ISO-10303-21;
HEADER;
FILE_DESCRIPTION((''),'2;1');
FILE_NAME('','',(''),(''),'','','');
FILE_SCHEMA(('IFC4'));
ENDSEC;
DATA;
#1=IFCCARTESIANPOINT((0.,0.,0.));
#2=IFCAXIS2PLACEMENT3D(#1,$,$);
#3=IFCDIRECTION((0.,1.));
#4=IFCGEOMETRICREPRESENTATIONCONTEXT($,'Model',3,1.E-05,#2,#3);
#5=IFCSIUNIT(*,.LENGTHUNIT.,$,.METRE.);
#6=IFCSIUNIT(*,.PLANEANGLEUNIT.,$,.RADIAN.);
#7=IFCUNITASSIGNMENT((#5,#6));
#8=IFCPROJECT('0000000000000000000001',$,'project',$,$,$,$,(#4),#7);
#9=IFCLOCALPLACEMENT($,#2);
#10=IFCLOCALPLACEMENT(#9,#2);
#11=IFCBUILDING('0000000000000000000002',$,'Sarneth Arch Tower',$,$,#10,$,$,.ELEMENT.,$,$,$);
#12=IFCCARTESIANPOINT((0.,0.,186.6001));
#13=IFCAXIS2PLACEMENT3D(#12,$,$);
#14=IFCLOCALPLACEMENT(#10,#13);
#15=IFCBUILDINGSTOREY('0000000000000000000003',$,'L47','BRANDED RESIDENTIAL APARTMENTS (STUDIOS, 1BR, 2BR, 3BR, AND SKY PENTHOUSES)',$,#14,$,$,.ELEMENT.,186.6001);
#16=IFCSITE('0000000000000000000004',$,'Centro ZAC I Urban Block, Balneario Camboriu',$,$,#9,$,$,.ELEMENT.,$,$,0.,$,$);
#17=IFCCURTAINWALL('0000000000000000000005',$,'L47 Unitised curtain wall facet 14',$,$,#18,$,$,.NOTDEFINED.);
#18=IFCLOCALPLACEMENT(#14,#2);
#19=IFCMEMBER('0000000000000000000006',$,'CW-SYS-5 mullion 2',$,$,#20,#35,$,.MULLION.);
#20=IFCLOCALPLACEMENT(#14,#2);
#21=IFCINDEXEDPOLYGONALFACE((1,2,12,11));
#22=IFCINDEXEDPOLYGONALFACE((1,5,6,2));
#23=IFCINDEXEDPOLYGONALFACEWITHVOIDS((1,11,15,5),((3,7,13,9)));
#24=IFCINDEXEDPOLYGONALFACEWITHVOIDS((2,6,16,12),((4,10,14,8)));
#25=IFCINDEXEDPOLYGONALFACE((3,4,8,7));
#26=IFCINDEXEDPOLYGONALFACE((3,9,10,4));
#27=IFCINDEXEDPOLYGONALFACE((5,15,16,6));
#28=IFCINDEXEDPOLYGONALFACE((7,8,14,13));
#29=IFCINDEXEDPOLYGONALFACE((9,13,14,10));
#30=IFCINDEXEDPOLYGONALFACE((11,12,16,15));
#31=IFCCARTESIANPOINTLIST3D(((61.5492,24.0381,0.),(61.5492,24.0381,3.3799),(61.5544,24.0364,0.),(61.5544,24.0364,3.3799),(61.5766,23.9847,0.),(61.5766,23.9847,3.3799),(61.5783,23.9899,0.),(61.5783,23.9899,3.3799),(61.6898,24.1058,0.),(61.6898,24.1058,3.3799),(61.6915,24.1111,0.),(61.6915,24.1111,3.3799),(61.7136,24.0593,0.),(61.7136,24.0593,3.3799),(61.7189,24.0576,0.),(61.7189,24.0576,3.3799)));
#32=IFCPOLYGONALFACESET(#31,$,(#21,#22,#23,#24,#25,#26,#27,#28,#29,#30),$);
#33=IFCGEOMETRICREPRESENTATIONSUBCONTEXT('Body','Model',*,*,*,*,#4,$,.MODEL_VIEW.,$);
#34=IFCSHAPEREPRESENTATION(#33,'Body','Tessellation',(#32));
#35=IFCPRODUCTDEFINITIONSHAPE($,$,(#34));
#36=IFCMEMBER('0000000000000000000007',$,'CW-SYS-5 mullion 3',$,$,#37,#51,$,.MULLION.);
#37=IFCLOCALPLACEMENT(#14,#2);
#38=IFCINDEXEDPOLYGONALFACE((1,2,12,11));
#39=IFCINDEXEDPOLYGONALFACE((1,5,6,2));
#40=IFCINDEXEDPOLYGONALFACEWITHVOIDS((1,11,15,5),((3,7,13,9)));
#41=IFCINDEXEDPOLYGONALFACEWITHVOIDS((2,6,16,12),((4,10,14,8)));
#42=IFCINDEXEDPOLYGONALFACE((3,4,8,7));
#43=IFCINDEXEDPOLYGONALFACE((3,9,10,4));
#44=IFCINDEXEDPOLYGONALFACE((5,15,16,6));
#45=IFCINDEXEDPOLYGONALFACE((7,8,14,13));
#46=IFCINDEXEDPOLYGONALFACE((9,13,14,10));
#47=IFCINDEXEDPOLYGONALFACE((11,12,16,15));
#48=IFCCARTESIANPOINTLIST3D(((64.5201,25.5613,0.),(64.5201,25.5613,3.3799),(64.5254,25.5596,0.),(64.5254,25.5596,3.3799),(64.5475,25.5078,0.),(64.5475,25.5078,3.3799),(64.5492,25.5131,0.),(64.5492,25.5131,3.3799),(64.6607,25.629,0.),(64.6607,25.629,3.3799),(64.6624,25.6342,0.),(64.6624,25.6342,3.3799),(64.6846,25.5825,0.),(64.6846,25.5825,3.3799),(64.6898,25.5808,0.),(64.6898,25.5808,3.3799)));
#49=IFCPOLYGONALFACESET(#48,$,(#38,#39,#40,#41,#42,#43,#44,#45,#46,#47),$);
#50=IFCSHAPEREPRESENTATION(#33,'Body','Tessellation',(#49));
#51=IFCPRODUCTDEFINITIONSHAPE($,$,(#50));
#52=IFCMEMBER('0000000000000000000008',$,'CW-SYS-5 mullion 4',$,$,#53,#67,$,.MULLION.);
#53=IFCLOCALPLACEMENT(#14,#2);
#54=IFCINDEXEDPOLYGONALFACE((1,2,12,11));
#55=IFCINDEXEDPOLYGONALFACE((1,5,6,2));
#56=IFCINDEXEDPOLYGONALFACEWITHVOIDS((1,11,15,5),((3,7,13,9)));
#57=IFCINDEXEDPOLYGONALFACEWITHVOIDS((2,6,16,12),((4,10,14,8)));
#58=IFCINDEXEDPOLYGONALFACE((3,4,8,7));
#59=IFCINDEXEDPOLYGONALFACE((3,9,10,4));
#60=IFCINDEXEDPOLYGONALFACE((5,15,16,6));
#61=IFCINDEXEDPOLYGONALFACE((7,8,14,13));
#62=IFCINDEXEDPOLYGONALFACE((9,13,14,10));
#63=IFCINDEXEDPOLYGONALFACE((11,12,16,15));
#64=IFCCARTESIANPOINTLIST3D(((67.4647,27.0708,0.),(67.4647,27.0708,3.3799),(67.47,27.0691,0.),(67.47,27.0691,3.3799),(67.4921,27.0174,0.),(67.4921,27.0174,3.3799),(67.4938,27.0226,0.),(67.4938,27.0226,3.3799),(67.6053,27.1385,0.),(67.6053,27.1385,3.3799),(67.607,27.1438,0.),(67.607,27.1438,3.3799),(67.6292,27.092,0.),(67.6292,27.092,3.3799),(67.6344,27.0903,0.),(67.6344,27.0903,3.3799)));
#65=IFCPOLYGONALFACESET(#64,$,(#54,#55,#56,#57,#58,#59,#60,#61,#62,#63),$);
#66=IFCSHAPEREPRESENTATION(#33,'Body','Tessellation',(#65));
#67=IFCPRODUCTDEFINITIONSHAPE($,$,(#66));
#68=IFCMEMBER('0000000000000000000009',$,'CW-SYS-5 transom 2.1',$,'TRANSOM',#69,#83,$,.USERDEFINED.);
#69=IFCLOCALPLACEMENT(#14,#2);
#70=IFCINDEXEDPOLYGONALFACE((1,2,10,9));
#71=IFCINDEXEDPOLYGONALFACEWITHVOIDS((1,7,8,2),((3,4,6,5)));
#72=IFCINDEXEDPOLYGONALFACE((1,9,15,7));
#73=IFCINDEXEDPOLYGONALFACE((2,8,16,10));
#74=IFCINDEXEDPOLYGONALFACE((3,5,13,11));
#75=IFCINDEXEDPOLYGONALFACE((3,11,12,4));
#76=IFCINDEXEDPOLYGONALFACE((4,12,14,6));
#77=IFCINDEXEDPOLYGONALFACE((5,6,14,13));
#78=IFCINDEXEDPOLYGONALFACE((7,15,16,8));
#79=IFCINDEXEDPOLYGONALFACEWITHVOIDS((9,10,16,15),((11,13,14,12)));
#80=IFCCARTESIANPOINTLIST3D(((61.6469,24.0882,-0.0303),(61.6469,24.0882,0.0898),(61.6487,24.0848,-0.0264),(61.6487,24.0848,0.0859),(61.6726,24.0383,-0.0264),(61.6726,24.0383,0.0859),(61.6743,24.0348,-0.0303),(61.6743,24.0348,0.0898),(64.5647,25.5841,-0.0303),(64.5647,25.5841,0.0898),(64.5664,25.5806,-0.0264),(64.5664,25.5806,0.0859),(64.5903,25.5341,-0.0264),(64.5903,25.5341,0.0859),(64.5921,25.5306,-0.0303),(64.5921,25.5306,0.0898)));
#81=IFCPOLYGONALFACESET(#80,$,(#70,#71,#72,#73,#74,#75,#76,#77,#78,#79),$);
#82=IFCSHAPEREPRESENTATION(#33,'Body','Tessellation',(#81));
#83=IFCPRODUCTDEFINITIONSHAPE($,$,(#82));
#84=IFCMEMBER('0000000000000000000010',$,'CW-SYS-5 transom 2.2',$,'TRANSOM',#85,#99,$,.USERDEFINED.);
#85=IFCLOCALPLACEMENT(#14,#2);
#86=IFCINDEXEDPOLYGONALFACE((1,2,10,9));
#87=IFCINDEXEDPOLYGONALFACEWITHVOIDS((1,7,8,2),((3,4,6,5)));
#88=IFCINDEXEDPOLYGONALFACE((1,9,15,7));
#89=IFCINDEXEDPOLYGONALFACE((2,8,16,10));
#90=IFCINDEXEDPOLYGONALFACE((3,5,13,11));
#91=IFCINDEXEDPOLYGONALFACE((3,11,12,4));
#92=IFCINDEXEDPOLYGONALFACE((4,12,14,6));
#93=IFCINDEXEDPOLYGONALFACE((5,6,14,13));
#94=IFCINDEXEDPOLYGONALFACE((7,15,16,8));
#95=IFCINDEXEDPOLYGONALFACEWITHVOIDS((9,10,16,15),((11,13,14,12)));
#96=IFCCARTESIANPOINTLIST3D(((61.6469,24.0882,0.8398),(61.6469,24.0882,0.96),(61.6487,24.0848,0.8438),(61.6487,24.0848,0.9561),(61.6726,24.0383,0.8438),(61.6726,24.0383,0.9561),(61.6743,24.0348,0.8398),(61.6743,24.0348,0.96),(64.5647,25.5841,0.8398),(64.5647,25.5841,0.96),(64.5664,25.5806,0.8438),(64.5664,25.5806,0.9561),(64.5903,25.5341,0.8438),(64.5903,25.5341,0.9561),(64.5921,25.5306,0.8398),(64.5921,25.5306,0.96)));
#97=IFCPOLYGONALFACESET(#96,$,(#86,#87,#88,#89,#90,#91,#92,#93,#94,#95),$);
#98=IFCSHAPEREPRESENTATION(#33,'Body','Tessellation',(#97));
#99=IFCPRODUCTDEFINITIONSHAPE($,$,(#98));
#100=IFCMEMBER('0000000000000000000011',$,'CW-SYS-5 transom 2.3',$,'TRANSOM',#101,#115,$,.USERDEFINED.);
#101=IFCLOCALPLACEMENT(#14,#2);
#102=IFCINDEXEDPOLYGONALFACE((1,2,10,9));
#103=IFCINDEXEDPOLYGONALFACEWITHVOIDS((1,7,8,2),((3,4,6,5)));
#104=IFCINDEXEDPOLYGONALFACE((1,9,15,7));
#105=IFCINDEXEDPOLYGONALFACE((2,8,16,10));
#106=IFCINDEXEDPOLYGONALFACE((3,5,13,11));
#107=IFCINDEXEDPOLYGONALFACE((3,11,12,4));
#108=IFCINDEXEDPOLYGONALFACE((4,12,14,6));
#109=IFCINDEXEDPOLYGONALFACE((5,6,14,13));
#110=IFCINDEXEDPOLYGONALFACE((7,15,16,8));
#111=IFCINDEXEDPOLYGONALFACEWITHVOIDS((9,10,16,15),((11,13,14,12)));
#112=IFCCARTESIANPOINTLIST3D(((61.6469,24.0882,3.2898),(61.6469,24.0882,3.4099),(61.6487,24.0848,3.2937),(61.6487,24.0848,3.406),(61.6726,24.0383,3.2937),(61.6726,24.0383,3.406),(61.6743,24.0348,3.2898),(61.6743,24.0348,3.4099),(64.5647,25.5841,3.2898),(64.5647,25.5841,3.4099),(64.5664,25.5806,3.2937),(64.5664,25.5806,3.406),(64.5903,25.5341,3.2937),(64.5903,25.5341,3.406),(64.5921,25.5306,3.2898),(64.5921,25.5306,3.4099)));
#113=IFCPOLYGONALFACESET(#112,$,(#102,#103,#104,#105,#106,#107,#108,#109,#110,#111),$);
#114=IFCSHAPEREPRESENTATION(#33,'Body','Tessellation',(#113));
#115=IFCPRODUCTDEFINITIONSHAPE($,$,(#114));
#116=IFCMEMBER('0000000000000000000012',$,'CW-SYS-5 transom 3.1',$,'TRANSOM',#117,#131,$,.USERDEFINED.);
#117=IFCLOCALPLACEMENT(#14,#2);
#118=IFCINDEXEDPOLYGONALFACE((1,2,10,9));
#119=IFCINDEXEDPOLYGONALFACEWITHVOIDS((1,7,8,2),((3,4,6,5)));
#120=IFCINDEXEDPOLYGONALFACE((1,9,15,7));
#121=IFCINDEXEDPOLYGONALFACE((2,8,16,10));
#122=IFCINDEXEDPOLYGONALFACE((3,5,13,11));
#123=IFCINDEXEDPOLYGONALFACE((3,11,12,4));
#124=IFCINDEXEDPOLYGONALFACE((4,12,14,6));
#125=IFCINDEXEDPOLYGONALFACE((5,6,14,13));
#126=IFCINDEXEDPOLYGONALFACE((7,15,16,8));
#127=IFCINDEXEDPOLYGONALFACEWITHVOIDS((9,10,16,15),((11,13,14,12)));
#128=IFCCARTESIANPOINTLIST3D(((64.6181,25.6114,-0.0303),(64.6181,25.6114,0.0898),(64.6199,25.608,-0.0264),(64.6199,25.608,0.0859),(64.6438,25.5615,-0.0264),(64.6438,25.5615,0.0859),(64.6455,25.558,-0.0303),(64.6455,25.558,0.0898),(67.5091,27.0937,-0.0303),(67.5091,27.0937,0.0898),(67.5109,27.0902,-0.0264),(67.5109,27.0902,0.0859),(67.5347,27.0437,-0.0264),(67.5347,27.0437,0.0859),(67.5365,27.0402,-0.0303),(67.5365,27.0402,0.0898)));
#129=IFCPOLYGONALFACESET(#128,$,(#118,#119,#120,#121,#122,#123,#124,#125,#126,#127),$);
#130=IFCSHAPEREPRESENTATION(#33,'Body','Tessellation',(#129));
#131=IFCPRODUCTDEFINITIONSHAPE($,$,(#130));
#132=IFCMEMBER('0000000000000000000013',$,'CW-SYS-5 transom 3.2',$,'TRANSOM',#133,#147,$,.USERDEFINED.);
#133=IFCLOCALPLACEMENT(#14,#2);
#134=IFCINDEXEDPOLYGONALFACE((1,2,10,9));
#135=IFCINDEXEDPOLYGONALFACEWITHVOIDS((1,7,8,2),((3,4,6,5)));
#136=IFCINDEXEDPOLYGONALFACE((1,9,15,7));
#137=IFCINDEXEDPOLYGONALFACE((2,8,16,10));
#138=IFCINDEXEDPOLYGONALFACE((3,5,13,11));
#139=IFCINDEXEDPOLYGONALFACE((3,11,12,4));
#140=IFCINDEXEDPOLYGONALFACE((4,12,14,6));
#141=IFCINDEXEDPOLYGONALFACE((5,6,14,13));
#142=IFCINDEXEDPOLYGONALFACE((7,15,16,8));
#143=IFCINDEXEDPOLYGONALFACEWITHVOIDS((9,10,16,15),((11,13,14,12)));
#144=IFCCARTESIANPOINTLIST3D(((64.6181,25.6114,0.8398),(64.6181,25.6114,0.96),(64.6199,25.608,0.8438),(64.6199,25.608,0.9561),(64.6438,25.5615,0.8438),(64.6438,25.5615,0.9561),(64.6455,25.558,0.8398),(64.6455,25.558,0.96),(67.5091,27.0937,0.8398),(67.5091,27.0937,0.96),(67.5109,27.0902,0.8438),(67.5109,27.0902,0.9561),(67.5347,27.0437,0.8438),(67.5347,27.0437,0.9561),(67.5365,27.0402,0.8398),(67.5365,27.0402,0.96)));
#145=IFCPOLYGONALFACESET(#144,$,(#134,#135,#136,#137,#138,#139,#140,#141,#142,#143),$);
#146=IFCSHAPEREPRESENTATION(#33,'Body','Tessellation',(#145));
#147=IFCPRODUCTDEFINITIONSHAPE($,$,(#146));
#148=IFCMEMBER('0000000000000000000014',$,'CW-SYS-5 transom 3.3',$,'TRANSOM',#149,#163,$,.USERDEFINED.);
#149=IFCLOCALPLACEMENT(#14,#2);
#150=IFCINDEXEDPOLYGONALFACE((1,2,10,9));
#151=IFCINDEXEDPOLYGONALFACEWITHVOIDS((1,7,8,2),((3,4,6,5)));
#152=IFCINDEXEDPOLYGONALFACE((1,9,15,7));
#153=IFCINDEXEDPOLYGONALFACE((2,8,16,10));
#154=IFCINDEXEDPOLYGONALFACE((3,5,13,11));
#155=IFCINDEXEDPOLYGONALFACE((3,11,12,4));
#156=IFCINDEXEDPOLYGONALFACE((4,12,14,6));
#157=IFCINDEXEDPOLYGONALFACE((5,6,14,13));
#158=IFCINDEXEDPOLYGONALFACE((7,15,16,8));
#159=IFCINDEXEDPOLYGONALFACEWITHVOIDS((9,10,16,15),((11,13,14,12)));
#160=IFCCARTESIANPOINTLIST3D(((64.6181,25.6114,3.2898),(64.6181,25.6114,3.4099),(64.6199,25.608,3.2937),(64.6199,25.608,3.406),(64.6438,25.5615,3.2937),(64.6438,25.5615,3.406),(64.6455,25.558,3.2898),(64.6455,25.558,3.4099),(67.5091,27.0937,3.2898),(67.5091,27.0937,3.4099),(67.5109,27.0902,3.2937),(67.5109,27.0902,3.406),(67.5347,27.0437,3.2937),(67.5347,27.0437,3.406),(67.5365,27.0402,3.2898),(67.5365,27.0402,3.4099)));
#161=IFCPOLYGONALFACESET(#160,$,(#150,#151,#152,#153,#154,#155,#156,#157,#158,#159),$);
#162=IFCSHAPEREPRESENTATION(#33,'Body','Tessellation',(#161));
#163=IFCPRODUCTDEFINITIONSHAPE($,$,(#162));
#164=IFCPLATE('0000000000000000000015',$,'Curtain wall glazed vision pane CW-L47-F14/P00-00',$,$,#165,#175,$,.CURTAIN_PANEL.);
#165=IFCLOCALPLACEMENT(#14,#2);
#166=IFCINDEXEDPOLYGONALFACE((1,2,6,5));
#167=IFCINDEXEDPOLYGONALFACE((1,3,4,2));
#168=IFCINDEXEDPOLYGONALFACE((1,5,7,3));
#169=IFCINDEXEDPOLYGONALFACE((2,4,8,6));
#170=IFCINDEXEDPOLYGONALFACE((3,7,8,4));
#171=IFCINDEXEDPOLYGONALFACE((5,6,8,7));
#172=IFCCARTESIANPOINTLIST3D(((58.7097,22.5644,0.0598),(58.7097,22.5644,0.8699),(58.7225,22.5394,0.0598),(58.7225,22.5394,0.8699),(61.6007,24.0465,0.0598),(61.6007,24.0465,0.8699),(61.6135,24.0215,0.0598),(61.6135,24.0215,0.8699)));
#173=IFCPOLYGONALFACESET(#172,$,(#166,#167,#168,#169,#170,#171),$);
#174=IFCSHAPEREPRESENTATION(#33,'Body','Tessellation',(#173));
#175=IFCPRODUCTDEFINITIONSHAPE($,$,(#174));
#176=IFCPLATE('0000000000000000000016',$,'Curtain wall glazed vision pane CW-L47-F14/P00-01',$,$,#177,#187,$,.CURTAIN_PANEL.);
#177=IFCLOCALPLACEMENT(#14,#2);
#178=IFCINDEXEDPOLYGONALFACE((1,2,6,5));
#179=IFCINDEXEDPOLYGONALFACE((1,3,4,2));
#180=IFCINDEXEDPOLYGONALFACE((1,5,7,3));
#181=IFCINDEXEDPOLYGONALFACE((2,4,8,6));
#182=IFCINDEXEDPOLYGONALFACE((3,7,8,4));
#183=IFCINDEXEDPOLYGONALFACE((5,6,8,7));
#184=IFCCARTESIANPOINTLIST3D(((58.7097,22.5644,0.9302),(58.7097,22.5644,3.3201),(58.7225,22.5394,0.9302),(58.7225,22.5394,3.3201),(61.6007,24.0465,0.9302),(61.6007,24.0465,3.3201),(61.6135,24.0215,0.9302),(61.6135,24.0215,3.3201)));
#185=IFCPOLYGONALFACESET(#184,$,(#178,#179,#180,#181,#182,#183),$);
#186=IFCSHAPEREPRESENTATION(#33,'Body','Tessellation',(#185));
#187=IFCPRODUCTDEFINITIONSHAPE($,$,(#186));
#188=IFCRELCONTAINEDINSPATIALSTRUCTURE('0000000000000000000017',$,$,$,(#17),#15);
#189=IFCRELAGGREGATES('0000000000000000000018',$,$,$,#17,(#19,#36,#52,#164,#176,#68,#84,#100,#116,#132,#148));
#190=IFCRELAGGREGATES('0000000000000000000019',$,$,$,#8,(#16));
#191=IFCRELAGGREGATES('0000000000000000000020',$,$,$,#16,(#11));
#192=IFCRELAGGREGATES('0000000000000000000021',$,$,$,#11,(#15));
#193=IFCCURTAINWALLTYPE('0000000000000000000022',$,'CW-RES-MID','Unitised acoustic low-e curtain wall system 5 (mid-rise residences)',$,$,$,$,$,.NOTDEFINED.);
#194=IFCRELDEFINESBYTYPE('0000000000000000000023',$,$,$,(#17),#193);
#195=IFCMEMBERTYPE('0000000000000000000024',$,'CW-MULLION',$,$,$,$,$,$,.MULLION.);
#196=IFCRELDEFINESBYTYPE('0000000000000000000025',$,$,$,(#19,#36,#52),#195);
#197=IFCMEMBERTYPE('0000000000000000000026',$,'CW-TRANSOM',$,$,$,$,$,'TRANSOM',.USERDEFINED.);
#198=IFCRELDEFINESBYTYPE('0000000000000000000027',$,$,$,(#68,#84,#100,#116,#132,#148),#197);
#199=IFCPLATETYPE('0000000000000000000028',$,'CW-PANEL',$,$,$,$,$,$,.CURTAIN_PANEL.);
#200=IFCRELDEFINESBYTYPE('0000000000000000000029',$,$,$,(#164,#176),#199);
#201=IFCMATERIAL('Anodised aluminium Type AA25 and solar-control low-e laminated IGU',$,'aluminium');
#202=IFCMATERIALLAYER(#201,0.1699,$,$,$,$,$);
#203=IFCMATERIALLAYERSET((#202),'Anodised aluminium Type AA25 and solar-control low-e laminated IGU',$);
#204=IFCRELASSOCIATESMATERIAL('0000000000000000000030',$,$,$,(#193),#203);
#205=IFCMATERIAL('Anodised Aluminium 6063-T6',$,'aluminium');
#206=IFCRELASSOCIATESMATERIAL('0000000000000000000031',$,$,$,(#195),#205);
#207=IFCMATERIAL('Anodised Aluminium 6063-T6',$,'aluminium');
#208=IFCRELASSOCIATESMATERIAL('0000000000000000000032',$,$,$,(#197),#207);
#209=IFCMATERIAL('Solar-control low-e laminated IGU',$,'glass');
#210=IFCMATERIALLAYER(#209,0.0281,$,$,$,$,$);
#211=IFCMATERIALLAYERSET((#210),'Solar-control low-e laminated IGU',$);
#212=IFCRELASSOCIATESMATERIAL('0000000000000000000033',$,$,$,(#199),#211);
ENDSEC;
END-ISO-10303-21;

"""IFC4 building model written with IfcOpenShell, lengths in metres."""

from ifc_helpers import new_model, si_unit, direction, frame, origin, origin_2d, place, context, subcontext, project, spatial, rectangle, hollow_rectangle, extrude, material, layer, layer_set, material_profile, profile_set, type_object, element, aggregate, save


model = new_model("IFC4")

# Units and contexts
model_context = context("Model", 3, precision=1e-05, world=origin(), true_north=direction((0.0, 1.0)))
body_context = subcontext(model_context, "Body", "Model", "MODEL_VIEW")
ifc_project = project(units=[si_unit("LENGTHUNIT", "METRE"), si_unit("PLANEANGLEUNIT", "RADIAN")], contexts=[model_context])

# Site, building, storey
site_placement = place(None, origin())
site = spatial("IfcSite", under=ifc_project, at=site_placement, Name="Centro ZAC I Urban Block, Balneario Camboriu", CompositionType="ELEMENT", RefElevation=0.0)
building_placement = place(site_placement, origin())
building = spatial("IfcBuilding", under=site, at=building_placement, Name="Sarneth Arch Tower", CompositionType="ELEMENT")
storey_placement = place(building_placement, frame((0.0, 0.0, 186.6001)))
storey = spatial("IfcBuildingStorey", under=building, at=storey_placement, Name="L47", Description="BRANDED RESIDENTIAL APARTMENTS (STUDIOS, 1BR, 2BR, 3BR, AND SKY PENTHOUSES)", CompositionType="ELEMENT", Elevation=186.6001)

# Curtain wall, members, plates
ifc_material_1 = material(Name="Anodised aluminium Type AA25 and solar-control low-e laminated IGU", Category="aluminium")
ifc_layer_1 = layer(ifc_material_1, 0.1699)
ifc_layer_set_1 = layer_set([ifc_layer_1], Name="Anodised aluminium Type AA25 and solar-control low-e laminated IGU")
curtain_wall_type = type_object("IfcCurtainWallType", Name="CW-RES-MID", Description="Unitised acoustic low-e curtain wall system 5 (mid-rise residences)", PredefinedType="NOTDEFINED", material=ifc_layer_set_1)
curtain_wall_placement = place(storey_placement, origin())
curtain_wall = element("IfcCurtainWall", 1, at=curtain_wall_placement, inside=storey, type_object=curtain_wall_type, Name="L47 Unitised curtain wall facet 14", PredefinedType="NOTDEFINED")
ifc_material_2 = material(Name="Anodised Aluminium 6063-T6", Category="aluminium")
ifc_material_profile_1 = material_profile(ifc_material_2, hollow_rectangle(XDim=0.0601, YDim=0.1599, WallThickness=0.0039, at=origin_2d()), Name="AL-MULL-160x60x4")
ifc_profile_set_1 = profile_set([ifc_material_profile_1], Name="Anodised Aluminium 6063-T6")
member_type_1 = type_object("IfcMemberType", Name="CW-MULLION", PredefinedType="MULLION", material=ifc_profile_set_1)
member_1_placement = place(storey_placement, frame((61.634, 24.0479, 0.0), z_axis=(0.0, 0.0, 1.0), x_axis=(-0.456208, 0.889873, 0.0)))
member_1 = element("IfcMember", 2, at=member_1_placement, type_object=member_type_1, Name="CW-SYS-5 mullion 2", PredefinedType="MULLION", context=body_context, shape_type="SweptSolid", body=[
    extrude(hollow_rectangle(XDim=0.0601, YDim=0.1599, WallThickness=0.0039, at=origin_2d()), origin(), (0.0, 0.0, 1.0), 3.3799),
])
member_2_placement = place(storey_placement, frame((64.605, 25.571, 0.0), z_axis=(0.0, 0.0, 1.0), x_axis=(-0.456208, 0.889873, 0.0)))
member_2 = element("IfcMember", 3, at=member_2_placement, type_object=member_type_1, Name="CW-SYS-5 mullion 3", PredefinedType="MULLION", context=body_context, shape_type="SweptSolid", body=[
    extrude(hollow_rectangle(XDim=0.0601, YDim=0.1599, WallThickness=0.0039, at=origin_2d()), origin(), (0.0, 0.0, 1.0), 3.3799),
])
member_3_placement = place(storey_placement, frame((67.5496, 27.0806, 0.0), z_axis=(0.0, 0.0, 1.0), x_axis=(-0.456208, 0.889873, 0.0)))
member_3 = element("IfcMember", 4, at=member_3_placement, type_object=member_type_1, Name="CW-SYS-5 mullion 4", PredefinedType="MULLION", context=body_context, shape_type="SweptSolid", body=[
    extrude(hollow_rectangle(XDim=0.0601, YDim=0.1599, WallThickness=0.0039, at=origin_2d()), origin(), (0.0, 0.0, 1.0), 3.3799),
])
ifc_material_3 = material(Name="Anodised Aluminium 6063-T6", Category="aluminium")
ifc_material_profile_2 = material_profile(ifc_material_3, hollow_rectangle(XDim=0.0601, YDim=0.1201, WallThickness=0.0039, at=origin_2d()), Name="AL-TRAN-120x60x4")
ifc_profile_set_2 = profile_set([ifc_material_profile_2], Name="Anodised Aluminium 6063-T6")
member_type_2 = type_object("IfcMemberType", Name="CW-TRANSOM", ElementType="TRANSOM", PredefinedType="USERDEFINED", material=ifc_profile_set_2)
member_4_placement = place(storey_placement, frame((61.6606, 24.0615, 0.0298), z_axis=(0.889869, 0.456215, 0.0), x_axis=(-0.456215, 0.889869, 0.0)))
member_4 = element("IfcMember", 5, at=member_4_placement, type_object=member_type_2, Name="CW-SYS-5 transom 2.1", ObjectType="TRANSOM", PredefinedType="USERDEFINED", context=body_context, shape_type="SweptSolid", body=[
    extrude(hollow_rectangle(XDim=0.0601, YDim=0.1201, WallThickness=0.0039, at=origin_2d()), origin(), (0.0, 0.0, 1.0), 3.2788),
])
member_5_placement = place(storey_placement, frame((61.6606, 24.0615, 0.8999), z_axis=(0.889869, 0.456215, 0.0), x_axis=(-0.456215, 0.889869, 0.0)))
member_5 = element("IfcMember", 6, at=member_5_placement, type_object=member_type_2, Name="CW-SYS-5 transom 2.2", ObjectType="TRANSOM", PredefinedType="USERDEFINED", context=body_context, shape_type="SweptSolid", body=[
    extrude(hollow_rectangle(XDim=0.0601, YDim=0.1201, WallThickness=0.0039, at=origin_2d()), origin(), (0.0, 0.0, 1.0), 3.2788),
])
member_6_placement = place(storey_placement, frame((61.6606, 24.0615, 3.3499), z_axis=(0.889869, 0.456215, 0.0), x_axis=(-0.456215, 0.889869, 0.0)))
member_6 = element("IfcMember", 7, at=member_6_placement, type_object=member_type_2, Name="CW-SYS-5 transom 2.3", ObjectType="TRANSOM", PredefinedType="USERDEFINED", context=body_context, shape_type="SweptSolid", body=[
    extrude(hollow_rectangle(XDim=0.0601, YDim=0.1201, WallThickness=0.0039, at=origin_2d()), origin(), (0.0, 0.0, 1.0), 3.2788),
])
member_7_placement = place(storey_placement, frame((64.6318, 25.5847, 0.0298), z_axis=(0.889857, 0.456239, 0.0), x_axis=(-0.456239, 0.889857, 0.0)))
member_7 = element("IfcMember", 8, at=member_7_placement, type_object=member_type_2, Name="CW-SYS-5 transom 3.1", ObjectType="TRANSOM", PredefinedType="USERDEFINED", context=body_context, shape_type="SweptSolid", body=[
    extrude(hollow_rectangle(XDim=0.0601, YDim=0.1201, WallThickness=0.0039, at=origin_2d()), origin(), (0.0, 0.0, 1.0), 3.2488),
])
member_8_placement = place(storey_placement, frame((64.6318, 25.5847, 0.8999), z_axis=(0.889857, 0.456239, 0.0), x_axis=(-0.456239, 0.889857, 0.0)))
member_8 = element("IfcMember", 9, at=member_8_placement, type_object=member_type_2, Name="CW-SYS-5 transom 3.2", ObjectType="TRANSOM", PredefinedType="USERDEFINED", context=body_context, shape_type="SweptSolid", body=[
    extrude(hollow_rectangle(XDim=0.0601, YDim=0.1201, WallThickness=0.0039, at=origin_2d()), origin(), (0.0, 0.0, 1.0), 3.2488),
])
member_9_placement = place(storey_placement, frame((64.6318, 25.5847, 3.3499), z_axis=(0.889857, 0.456239, 0.0), x_axis=(-0.456239, 0.889857, 0.0)))
member_9 = element("IfcMember", 10, at=member_9_placement, type_object=member_type_2, Name="CW-SYS-5 transom 3.3", ObjectType="TRANSOM", PredefinedType="USERDEFINED", context=body_context, shape_type="SweptSolid", body=[
    extrude(hollow_rectangle(XDim=0.0601, YDim=0.1201, WallThickness=0.0039, at=origin_2d()), origin(), (0.0, 0.0, 1.0), 3.2488),
])
ifc_material_4 = material(Name="Solar-control low-e laminated IGU", Category="glass")
ifc_layer_2 = layer(ifc_material_4, 0.0281)
ifc_layer_set_2 = layer_set([ifc_layer_2], Name="Solar-control low-e laminated IGU")
plate_type_1 = type_object("IfcPlateType", Name="CW-PANEL", PredefinedType="CURTAIN_PANEL", material=ifc_layer_set_2)
plate_1_placement = place(storey_placement, frame((60.1616, 23.293, 0.0598), z_axis=(0.0, 0.0, 1.0), x_axis=(0.889873, 0.456208, 0.0)))
plate_1 = element("IfcPlate", 11, at=plate_1_placement, type_object=plate_type_1, Name="Curtain wall glazed vision pane CW-L47-F14/P00-00", PredefinedType="CURTAIN_PANEL", context=body_context, shape_type="SweptSolid", body=[
    extrude(rectangle(XDim=3.2488, YDim=0.0281, at=origin_2d()), origin(), (0.0, 0.0, 1.0), 0.8101),
])
plate_2_placement = place(storey_placement, frame((60.1616, 23.293, 0.9302), z_axis=(0.0, 0.0, 1.0), x_axis=(0.889873, 0.456208, 0.0)))
plate_2 = element("IfcPlate", 12, at=plate_2_placement, type_object=plate_type_1, Name="Curtain wall glazed vision pane CW-L47-F14/P00-01", PredefinedType="CURTAIN_PANEL", context=body_context, shape_type="SweptSolid", body=[
    extrude(rectangle(XDim=3.2488, YDim=0.0281, at=origin_2d()), origin(), (0.0, 0.0, 1.0), 2.3899),
])
aggregate(curtain_wall, [member_1, member_2, member_3, plate_1, plate_2, member_4, member_5, member_6, member_7, member_8, member_9])

save(model, "model.ifc")
